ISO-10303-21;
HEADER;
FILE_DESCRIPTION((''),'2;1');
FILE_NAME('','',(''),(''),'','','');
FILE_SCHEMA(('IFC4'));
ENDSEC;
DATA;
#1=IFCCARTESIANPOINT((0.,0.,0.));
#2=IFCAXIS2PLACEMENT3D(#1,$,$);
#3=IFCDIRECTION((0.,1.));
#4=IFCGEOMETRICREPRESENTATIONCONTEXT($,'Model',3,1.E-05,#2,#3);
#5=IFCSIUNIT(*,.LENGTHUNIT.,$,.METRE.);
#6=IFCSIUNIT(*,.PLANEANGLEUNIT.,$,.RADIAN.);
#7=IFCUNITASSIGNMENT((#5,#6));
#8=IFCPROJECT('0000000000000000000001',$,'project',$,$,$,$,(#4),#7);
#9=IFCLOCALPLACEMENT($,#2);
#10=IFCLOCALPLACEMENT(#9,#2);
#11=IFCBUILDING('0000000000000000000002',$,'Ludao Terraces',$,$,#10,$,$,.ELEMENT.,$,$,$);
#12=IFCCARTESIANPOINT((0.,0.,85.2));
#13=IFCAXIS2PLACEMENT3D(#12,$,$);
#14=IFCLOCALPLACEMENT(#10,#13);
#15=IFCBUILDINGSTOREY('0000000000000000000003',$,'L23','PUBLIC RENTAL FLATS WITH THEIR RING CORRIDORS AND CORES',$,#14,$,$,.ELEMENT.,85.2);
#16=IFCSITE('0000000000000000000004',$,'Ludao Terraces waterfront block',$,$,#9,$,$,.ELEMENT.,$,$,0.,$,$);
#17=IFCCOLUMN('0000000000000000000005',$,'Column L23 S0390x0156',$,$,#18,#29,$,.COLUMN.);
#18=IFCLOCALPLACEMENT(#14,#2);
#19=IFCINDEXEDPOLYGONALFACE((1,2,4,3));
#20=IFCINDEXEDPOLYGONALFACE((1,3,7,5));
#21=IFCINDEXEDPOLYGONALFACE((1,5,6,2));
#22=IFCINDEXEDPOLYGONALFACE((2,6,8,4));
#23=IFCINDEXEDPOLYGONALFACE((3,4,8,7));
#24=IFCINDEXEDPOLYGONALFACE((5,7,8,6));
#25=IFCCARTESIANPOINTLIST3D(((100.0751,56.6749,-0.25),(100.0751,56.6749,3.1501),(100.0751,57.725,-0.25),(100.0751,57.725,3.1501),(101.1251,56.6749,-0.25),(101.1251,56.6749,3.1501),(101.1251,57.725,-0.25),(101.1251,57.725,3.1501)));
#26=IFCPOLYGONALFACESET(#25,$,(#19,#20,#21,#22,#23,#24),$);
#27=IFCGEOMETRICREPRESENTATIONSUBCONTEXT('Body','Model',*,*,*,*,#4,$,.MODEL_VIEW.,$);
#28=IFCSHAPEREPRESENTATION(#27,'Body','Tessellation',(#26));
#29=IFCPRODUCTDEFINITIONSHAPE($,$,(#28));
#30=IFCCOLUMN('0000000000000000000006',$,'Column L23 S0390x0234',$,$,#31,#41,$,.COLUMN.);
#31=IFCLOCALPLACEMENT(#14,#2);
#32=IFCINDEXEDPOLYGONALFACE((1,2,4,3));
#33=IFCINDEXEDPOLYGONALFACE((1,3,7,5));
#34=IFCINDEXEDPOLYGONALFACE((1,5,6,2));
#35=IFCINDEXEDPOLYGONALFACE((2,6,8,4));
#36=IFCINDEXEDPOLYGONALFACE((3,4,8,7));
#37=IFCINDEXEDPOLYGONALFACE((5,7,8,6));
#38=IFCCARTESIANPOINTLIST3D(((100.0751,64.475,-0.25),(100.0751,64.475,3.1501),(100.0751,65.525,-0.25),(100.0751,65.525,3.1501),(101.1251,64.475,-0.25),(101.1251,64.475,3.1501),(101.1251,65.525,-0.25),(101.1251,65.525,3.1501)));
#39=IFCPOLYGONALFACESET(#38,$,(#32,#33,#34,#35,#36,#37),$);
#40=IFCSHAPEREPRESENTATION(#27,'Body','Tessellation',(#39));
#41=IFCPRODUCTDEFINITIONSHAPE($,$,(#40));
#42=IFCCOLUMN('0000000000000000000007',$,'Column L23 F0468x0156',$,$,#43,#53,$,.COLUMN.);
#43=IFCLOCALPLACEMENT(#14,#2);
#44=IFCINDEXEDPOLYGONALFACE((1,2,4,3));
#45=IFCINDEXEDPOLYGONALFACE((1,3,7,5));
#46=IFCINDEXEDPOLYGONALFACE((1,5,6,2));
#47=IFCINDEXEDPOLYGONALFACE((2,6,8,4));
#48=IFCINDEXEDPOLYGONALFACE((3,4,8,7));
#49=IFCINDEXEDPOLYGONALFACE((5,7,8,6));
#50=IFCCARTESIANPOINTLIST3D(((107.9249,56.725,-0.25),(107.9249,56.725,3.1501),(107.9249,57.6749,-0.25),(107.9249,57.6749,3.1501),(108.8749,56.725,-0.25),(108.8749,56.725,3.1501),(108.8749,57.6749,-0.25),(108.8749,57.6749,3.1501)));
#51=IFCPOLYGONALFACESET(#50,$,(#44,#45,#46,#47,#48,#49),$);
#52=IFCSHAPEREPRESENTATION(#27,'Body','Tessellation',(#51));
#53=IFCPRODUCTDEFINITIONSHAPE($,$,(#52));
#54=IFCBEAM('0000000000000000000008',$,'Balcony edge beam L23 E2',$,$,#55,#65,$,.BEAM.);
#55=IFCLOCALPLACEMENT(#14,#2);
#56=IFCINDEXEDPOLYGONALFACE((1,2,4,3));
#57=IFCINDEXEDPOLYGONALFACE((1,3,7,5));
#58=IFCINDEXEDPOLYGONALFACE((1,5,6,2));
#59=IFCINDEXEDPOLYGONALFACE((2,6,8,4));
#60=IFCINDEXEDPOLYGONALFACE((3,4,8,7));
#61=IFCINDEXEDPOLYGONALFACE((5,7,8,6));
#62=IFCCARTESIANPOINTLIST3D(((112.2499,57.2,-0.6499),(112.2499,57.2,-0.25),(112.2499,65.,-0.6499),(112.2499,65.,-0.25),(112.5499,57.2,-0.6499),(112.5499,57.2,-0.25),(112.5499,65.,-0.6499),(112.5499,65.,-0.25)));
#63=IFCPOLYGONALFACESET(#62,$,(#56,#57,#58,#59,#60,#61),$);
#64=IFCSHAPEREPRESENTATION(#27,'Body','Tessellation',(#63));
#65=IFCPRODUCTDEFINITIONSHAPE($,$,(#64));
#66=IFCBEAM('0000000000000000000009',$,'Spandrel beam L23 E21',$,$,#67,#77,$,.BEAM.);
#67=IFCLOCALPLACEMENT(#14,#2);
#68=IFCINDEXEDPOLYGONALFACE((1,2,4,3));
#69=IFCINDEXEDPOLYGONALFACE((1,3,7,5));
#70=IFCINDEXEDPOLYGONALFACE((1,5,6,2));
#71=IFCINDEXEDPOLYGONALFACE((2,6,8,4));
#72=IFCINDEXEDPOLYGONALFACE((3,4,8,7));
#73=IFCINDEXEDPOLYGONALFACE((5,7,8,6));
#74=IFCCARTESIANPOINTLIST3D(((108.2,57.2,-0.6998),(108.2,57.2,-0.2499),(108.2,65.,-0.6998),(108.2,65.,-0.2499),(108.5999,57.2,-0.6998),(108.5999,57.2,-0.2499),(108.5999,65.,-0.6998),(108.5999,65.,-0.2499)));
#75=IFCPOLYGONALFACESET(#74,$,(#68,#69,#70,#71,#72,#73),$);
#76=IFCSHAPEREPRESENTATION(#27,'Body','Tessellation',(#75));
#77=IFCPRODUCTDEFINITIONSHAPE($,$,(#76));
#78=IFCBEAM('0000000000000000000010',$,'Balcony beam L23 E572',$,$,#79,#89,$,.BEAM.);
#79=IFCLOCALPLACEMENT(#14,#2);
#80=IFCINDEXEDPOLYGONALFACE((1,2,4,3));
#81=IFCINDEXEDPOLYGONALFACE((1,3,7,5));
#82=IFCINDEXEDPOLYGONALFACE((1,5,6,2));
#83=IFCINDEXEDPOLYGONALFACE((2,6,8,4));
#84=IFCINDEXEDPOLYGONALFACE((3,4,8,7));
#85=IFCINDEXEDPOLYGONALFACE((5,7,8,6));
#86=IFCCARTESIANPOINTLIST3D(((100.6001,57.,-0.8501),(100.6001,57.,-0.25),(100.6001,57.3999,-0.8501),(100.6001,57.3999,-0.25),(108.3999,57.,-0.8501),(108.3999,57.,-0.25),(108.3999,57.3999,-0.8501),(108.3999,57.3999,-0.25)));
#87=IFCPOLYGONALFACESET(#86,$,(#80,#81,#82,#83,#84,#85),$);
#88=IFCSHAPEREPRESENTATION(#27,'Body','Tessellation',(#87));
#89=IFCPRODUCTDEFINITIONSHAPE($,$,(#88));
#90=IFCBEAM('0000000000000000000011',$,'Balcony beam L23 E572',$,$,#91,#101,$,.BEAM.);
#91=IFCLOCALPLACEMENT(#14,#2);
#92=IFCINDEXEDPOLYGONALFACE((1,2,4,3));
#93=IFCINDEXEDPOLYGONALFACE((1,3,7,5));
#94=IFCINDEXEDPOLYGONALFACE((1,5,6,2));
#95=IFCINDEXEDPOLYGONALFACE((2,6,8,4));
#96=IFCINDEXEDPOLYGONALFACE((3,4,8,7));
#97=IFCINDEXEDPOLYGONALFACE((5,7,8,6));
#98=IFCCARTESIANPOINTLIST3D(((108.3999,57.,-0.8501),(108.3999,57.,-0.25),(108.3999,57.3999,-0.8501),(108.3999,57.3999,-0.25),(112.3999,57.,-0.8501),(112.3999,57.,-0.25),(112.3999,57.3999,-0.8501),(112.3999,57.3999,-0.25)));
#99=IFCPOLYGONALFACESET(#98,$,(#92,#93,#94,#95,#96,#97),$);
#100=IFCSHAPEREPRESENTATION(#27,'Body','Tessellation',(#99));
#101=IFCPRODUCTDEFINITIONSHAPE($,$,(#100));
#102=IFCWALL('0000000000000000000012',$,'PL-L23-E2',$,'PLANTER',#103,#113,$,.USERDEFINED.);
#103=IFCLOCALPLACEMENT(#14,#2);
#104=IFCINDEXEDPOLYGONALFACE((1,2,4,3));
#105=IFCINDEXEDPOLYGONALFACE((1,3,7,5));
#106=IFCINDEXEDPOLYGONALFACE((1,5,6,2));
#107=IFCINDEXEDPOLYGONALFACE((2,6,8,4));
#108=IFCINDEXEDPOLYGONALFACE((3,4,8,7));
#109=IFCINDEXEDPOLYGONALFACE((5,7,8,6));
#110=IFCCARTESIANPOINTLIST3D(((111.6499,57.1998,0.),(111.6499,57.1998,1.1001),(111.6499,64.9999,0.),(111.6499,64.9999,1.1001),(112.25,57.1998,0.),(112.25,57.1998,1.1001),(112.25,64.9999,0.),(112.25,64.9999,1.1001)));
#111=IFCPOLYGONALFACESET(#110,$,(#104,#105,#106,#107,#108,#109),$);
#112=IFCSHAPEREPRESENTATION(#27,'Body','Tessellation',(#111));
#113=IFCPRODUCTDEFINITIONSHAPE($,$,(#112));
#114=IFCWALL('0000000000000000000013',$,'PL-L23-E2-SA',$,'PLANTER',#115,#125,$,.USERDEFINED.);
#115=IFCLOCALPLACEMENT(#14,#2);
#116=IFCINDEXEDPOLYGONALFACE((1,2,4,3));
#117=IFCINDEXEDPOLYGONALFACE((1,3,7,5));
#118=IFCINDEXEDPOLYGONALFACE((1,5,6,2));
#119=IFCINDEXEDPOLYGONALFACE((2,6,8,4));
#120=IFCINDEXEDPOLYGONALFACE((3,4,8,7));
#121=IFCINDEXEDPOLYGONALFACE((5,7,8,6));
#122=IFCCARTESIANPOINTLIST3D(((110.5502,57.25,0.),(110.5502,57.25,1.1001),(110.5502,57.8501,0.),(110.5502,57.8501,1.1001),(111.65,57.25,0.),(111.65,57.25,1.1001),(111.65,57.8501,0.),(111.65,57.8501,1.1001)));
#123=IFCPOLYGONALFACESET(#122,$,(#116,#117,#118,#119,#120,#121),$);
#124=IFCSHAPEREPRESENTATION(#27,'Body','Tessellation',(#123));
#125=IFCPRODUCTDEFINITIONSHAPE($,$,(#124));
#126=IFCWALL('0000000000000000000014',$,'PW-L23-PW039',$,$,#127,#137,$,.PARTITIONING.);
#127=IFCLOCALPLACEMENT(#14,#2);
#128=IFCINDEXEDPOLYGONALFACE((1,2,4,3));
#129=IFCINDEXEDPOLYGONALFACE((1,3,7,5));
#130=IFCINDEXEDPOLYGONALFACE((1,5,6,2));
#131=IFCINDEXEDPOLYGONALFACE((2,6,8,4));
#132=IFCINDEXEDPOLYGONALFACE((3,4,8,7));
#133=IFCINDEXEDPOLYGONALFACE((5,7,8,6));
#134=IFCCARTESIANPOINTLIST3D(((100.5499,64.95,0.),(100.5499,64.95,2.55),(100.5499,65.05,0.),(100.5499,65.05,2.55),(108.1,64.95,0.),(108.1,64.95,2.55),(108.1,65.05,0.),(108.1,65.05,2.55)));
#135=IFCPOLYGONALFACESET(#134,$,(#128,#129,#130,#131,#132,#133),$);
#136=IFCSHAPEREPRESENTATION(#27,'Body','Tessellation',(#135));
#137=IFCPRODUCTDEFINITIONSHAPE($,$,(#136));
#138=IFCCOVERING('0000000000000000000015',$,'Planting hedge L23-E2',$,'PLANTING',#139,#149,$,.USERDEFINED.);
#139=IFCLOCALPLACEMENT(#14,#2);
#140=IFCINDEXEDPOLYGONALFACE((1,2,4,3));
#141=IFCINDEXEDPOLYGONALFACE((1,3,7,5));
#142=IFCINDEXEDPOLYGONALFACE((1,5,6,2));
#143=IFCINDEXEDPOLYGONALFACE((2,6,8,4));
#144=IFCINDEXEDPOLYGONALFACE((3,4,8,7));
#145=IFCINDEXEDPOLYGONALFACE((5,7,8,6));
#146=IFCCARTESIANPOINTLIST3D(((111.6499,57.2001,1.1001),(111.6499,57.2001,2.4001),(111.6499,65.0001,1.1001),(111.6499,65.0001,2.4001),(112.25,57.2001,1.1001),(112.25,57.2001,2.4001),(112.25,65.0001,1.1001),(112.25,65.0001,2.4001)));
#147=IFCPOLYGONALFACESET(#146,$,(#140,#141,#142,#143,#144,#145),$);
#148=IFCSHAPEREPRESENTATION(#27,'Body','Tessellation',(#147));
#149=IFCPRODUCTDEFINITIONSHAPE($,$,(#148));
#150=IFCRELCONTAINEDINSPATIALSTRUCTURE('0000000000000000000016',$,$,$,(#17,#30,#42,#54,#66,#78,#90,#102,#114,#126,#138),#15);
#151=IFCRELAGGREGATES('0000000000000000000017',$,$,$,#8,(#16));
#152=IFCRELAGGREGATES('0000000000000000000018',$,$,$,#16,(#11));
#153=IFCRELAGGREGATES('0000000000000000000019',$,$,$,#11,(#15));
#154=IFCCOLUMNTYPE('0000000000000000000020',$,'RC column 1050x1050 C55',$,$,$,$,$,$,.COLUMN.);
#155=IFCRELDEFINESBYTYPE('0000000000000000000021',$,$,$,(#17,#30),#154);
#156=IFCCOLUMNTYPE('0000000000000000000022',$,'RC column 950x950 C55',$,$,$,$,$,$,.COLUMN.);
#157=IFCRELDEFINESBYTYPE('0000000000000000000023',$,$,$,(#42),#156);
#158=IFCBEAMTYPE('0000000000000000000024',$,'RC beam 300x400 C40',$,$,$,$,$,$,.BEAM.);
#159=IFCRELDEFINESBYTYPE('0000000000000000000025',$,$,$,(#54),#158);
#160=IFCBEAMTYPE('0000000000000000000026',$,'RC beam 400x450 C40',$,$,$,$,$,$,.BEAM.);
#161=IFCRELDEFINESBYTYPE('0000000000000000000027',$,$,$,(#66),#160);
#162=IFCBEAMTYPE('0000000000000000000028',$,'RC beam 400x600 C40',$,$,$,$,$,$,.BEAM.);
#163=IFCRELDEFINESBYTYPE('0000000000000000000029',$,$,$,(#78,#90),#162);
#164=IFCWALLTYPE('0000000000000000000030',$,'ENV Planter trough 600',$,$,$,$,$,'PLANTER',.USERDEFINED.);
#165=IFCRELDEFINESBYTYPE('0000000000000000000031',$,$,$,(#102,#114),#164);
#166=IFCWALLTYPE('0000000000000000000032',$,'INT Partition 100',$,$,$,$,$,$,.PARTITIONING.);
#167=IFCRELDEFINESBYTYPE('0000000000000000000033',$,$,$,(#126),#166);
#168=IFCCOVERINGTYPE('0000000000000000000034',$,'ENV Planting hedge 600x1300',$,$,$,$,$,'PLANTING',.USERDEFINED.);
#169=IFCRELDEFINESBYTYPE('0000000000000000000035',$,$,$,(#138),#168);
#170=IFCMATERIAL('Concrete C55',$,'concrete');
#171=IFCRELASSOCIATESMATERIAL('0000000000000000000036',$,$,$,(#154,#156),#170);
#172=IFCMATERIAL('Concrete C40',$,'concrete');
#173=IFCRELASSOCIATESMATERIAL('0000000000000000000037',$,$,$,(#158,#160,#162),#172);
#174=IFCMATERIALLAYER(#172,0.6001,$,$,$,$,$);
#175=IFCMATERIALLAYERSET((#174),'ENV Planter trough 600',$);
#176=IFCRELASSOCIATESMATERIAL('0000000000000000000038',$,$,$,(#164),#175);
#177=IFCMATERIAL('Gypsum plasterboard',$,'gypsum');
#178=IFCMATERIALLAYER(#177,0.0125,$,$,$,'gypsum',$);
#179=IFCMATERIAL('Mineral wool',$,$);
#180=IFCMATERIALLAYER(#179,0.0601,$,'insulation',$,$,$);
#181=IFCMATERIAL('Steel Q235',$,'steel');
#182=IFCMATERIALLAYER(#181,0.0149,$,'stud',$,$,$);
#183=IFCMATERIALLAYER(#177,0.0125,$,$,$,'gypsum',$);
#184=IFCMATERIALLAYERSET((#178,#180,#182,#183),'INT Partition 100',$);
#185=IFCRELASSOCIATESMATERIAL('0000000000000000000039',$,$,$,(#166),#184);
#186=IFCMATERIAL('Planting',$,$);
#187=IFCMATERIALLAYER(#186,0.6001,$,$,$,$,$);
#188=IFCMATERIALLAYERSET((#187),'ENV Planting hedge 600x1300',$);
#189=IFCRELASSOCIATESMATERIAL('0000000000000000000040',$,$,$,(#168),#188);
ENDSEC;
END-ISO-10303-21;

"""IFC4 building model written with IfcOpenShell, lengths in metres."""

from ifc_helpers import new_model, si_unit, direction, frame, frame_2d, origin, origin_2d, place, context, subcontext, project, spatial, rectangle, extrude, material, layer, layer_set, material_profile, profile_set, type_object, element, save


model = new_model("IFC4")

# Units and contexts
model_context = context("Model", 3, precision=1e-05, world=origin(), true_north=direction((0.0, 1.0)))
body_context = subcontext(model_context, "Body", "Model", "MODEL_VIEW")
ifc_project = project(units=[si_unit("LENGTHUNIT", "METRE"), si_unit("PLANEANGLEUNIT", "RADIAN")], contexts=[model_context])

# Site, building, storey
site_placement = place(None, origin())
site = spatial("IfcSite", under=ifc_project, at=site_placement, Name="Ludao Terraces waterfront block", CompositionType="ELEMENT", RefElevation=0.0)
building_placement = place(site_placement, origin())
building = spatial("IfcBuilding", under=site, at=building_placement, Name="Ludao Terraces", CompositionType="ELEMENT")
storey_placement = place(building_placement, frame((0.0, 0.0, 85.2)))
storey = spatial("IfcBuildingStorey", under=building, at=storey_placement, Name="L23", Description="PUBLIC RENTAL FLATS WITH THEIR RING CORRIDORS AND CORES", CompositionType="ELEMENT", Elevation=85.2)

# Columns
ifc_material_1 = material(Name="Concrete C55", Category="concrete")
ifc_material_profile_1 = material_profile(ifc_material_1, rectangle(XDim=1.05, YDim=1.05, at=origin_2d()), Name="1050 X 1050")
ifc_profile_set_1 = profile_set([ifc_material_profile_1], Name="Concrete C55")
column_type_1 = type_object("IfcColumnType", Name="RC column 1050x1050 C55", PredefinedType="COLUMN", material=ifc_profile_set_1)
for number, where, z_axis, x_axis, name in (
    (1, (100.6001, 57.2, -0.25), (0.0, 0.0, 1.0), (1.0, 0.0, 0.0), "Column L23 S0390x0156"),
    (2, (100.6001, 65.0, -0.25), (0.0, 0.0, 1.0), (1.0, 0.0, 0.0), "Column L23 S0390x0234"),
):
    element("IfcColumn", number, at=place(storey_placement, frame(where, z_axis=z_axis, x_axis=x_axis)), inside=storey, type_object=column_type_1, Name=name, PredefinedType="COLUMN", context=body_context, shape_type="SweptSolid", body=[
        extrude(rectangle(XDim=1.05, YDim=1.05, at=origin_2d()), origin(), (0.0, 0.0, 1.0), 3.4001),
    ])
ifc_material_profile_2 = material_profile(ifc_material_1, rectangle(XDim=0.95, YDim=0.95, at=origin_2d()), Name="950 X 950")
ifc_profile_set_2 = profile_set([ifc_material_profile_2], Name="Concrete C55")
column_type_2 = type_object("IfcColumnType", Name="RC column 950x950 C55", PredefinedType="COLUMN", material=ifc_profile_set_2)
column_placement = place(storey_placement, frame((108.3999, 57.2, -0.25), z_axis=(0.0, 0.0, 1.0), x_axis=(1.0, 0.0, 0.0)))
element("IfcColumn", 3, at=column_placement, inside=storey, type_object=column_type_2, Name="Column L23 F0468x0156", PredefinedType="COLUMN", context=body_context, shape_type="SweptSolid", body=[
    extrude(rectangle(XDim=0.95, YDim=0.95, at=origin_2d()), origin(), (0.0, 0.0, 1.0), 3.4001),
])

# Beams
ifc_material_2 = material(Name="Concrete C40", Category="concrete")
ifc_material_profile_3 = material_profile(ifc_material_2, rectangle(XDim=0.3, YDim=0.3999, at=origin_2d()), Name="300 X 400")
ifc_profile_set_3 = profile_set([ifc_material_profile_3], Name="Concrete C40")
beam_type_1 = type_object("IfcBeamType", Name="RC beam 300x400 C40", PredefinedType="BEAM", material=ifc_profile_set_3)
beam_1_placement = place(storey_placement, frame((112.3999, 57.2, -0.45), z_axis=(0.0, 1.0, 0.0), x_axis=(-1.0, 0.0, 0.0)))
element("IfcBeam", 4, at=beam_1_placement, inside=storey, type_object=beam_type_1, Name="Balcony edge beam L23 E2", PredefinedType="BEAM", context=body_context, shape_type="SweptSolid", body=[
    extrude(rectangle(XDim=0.3, YDim=0.3999, at=origin_2d()), origin(), (0.0, 0.0, 1.0), 7.8),
])
ifc_material_profile_4 = material_profile(ifc_material_2, rectangle(XDim=0.3999, YDim=0.45, at=origin_2d()), Name="400 X 450")
ifc_profile_set_4 = profile_set([ifc_material_profile_4], Name="Concrete C40")
beam_type_2 = type_object("IfcBeamType", Name="RC beam 400x450 C40", PredefinedType="BEAM", material=ifc_profile_set_4)
beam_2_placement = place(storey_placement, frame((108.3999, 57.2, -0.4749), z_axis=(0.0, 1.0, 0.0), x_axis=(-1.0, 0.0, 0.0)))
element("IfcBeam", 5, at=beam_2_placement, inside=storey, type_object=beam_type_2, Name="Spandrel beam L23 E21", PredefinedType="BEAM", context=body_context, shape_type="SweptSolid", body=[
    extrude(rectangle(XDim=0.3999, YDim=0.45, at=origin_2d()), origin(), (0.0, 0.0, 1.0), 7.8),
])
ifc_material_profile_5 = material_profile(ifc_material_2, rectangle(XDim=0.3999, YDim=0.6001, at=origin_2d()), Name="400 X 600")
ifc_profile_set_5 = profile_set([ifc_material_profile_5], Name="Concrete C40")
beam_type_3 = type_object("IfcBeamType", Name="RC beam 400x600 C40", PredefinedType="BEAM", material=ifc_profile_set_5)
beam_3_placement = place(storey_placement, frame((100.6001, 57.2, -0.55), z_axis=(1.0, 0.0, 0.0), x_axis=(0.0, 1.0, 0.0)))
element("IfcBeam", 6, at=beam_3_placement, inside=storey, type_object=beam_type_3, Name="Balcony beam L23 E572", PredefinedType="BEAM", context=body_context, shape_type="SweptSolid", body=[
    extrude(rectangle(XDim=0.3999, YDim=0.6001, at=origin_2d()), origin(), (0.0, 0.0, 1.0), 7.7998),
])
beam_4_placement = place(storey_placement, frame((108.3999, 57.2, -0.55), z_axis=(1.0, 0.0, 0.0), x_axis=(0.0, 1.0, 0.0)))
element("IfcBeam", 7, at=beam_4_placement, inside=storey, type_object=beam_type_3, Name="Balcony beam L23 E572", PredefinedType="BEAM", context=body_context, shape_type="SweptSolid", body=[
    extrude(rectangle(XDim=0.3999, YDim=0.6001, at=origin_2d()), origin(), (0.0, 0.0, 1.0), 4.0),
])

# Walls
ifc_layer_1 = layer(ifc_material_2, 0.6001)
ifc_layer_set_1 = layer_set([ifc_layer_1], Name="ENV Planter trough 600")
wall_type_1 = type_object("IfcWallType", Name="ENV Planter trough 600", ElementType="PLANTER", PredefinedType="USERDEFINED", material=ifc_layer_set_1)
wall_1_placement = place(storey_placement, frame((111.95, 57.2, 0.0), z_axis=(0.0, 0.0, 1.0), x_axis=(0.0, 1.0, 0.0)))
element("IfcWall", 8, at=wall_1_placement, inside=storey, type_object=wall_type_1, Name="PL-L23-E2", ObjectType="PLANTER", PredefinedType="USERDEFINED", context=body_context, shape_type="SweptSolid", body=[
    extrude(rectangle(XDim=7.8, YDim=0.6001, at=frame_2d((3.8999, 0.0))), origin(), (0.0, 0.0, 1.0), 1.1001),
])
wall_2_placement = place(storey_placement, frame((111.6499, 57.55, 0.0), z_axis=(0.0, 0.0, 1.0), x_axis=(-1.0, 0.0, 0.0)))
element("IfcWall", 9, at=wall_2_placement, inside=storey, type_object=wall_type_1, Name="PL-L23-E2-SA", ObjectType="PLANTER", PredefinedType="USERDEFINED", context=body_context, shape_type="SweptSolid", body=[
    extrude(rectangle(XDim=1.0999, YDim=0.6001, at=frame_2d((0.5498, 0.0))), origin(), (0.0, 0.0, 1.0), 1.1001),
])

# Shared definitions
ifc_material_3 = material(Name="Mineral wool")

# Wall
ifc_material_4 = material(Name="Gypsum plasterboard", Category="gypsum")
ifc_layer_2 = layer(ifc_material_4, 0.0125, Category="gypsum")
ifc_layer_3 = layer(ifc_material_3, 0.0601, Name="insulation")
ifc_material_5 = material(Name="Steel Q235", Category="steel")
ifc_layer_4 = layer(ifc_material_5, 0.0149, Name="stud")
ifc_layer_5 = layer(ifc_material_4, 0.0125, Category="gypsum")
ifc_layer_set_2 = layer_set([ifc_layer_2, ifc_layer_3, ifc_layer_4, ifc_layer_5], Name="INT Partition 100")
wall_type_2 = type_object("IfcWallType", Name="INT Partition 100", PredefinedType="PARTITIONING", material=ifc_layer_set_2)
wall_3_placement = place(storey_placement, frame((100.55, 65.0, 0.0), z_axis=(0.0, 0.0, 1.0), x_axis=(1.0, 0.0, 0.0)))
element("IfcWall", 10, at=wall_3_placement, inside=storey, type_object=wall_type_2, Name="PW-L23-PW039", PredefinedType="PARTITIONING", context=body_context, shape_type="SweptSolid", body=[
    extrude(rectangle(XDim=7.55, YDim=0.1001, at=frame_2d((3.7749, 0.0))), origin(), (0.0, 0.0, 1.0), 2.55),
])

# Covering
ifc_material_6 = material(Name="Planting")
ifc_layer_6 = layer(ifc_material_6, 0.6001)
ifc_layer_set_3 = layer_set([ifc_layer_6], Name="ENV Planting hedge 600x1300")
covering_type = type_object("IfcCoveringType", Name="ENV Planting hedge 600x1300", ElementType="PLANTING", PredefinedType="USERDEFINED", material=ifc_layer_set_3)
covering_placement = place(storey_placement, frame((111.95, 61.1001, 1.1001), z_axis=(0.0, 0.0, 1.0), x_axis=(1.0, 0.0, 0.0)))
element("IfcCovering", 11, at=covering_placement, inside=storey, type_object=covering_type, Name="Planting hedge L23-E2", ObjectType="PLANTING", PredefinedType="USERDEFINED", context=body_context, shape_type="SweptSolid", body=[
    extrude(rectangle(XDim=0.6001, YDim=7.8, at=origin_2d()), origin(), (0.0, 0.0, 1.0), 1.3),
])

save(model, "model.ifc")
